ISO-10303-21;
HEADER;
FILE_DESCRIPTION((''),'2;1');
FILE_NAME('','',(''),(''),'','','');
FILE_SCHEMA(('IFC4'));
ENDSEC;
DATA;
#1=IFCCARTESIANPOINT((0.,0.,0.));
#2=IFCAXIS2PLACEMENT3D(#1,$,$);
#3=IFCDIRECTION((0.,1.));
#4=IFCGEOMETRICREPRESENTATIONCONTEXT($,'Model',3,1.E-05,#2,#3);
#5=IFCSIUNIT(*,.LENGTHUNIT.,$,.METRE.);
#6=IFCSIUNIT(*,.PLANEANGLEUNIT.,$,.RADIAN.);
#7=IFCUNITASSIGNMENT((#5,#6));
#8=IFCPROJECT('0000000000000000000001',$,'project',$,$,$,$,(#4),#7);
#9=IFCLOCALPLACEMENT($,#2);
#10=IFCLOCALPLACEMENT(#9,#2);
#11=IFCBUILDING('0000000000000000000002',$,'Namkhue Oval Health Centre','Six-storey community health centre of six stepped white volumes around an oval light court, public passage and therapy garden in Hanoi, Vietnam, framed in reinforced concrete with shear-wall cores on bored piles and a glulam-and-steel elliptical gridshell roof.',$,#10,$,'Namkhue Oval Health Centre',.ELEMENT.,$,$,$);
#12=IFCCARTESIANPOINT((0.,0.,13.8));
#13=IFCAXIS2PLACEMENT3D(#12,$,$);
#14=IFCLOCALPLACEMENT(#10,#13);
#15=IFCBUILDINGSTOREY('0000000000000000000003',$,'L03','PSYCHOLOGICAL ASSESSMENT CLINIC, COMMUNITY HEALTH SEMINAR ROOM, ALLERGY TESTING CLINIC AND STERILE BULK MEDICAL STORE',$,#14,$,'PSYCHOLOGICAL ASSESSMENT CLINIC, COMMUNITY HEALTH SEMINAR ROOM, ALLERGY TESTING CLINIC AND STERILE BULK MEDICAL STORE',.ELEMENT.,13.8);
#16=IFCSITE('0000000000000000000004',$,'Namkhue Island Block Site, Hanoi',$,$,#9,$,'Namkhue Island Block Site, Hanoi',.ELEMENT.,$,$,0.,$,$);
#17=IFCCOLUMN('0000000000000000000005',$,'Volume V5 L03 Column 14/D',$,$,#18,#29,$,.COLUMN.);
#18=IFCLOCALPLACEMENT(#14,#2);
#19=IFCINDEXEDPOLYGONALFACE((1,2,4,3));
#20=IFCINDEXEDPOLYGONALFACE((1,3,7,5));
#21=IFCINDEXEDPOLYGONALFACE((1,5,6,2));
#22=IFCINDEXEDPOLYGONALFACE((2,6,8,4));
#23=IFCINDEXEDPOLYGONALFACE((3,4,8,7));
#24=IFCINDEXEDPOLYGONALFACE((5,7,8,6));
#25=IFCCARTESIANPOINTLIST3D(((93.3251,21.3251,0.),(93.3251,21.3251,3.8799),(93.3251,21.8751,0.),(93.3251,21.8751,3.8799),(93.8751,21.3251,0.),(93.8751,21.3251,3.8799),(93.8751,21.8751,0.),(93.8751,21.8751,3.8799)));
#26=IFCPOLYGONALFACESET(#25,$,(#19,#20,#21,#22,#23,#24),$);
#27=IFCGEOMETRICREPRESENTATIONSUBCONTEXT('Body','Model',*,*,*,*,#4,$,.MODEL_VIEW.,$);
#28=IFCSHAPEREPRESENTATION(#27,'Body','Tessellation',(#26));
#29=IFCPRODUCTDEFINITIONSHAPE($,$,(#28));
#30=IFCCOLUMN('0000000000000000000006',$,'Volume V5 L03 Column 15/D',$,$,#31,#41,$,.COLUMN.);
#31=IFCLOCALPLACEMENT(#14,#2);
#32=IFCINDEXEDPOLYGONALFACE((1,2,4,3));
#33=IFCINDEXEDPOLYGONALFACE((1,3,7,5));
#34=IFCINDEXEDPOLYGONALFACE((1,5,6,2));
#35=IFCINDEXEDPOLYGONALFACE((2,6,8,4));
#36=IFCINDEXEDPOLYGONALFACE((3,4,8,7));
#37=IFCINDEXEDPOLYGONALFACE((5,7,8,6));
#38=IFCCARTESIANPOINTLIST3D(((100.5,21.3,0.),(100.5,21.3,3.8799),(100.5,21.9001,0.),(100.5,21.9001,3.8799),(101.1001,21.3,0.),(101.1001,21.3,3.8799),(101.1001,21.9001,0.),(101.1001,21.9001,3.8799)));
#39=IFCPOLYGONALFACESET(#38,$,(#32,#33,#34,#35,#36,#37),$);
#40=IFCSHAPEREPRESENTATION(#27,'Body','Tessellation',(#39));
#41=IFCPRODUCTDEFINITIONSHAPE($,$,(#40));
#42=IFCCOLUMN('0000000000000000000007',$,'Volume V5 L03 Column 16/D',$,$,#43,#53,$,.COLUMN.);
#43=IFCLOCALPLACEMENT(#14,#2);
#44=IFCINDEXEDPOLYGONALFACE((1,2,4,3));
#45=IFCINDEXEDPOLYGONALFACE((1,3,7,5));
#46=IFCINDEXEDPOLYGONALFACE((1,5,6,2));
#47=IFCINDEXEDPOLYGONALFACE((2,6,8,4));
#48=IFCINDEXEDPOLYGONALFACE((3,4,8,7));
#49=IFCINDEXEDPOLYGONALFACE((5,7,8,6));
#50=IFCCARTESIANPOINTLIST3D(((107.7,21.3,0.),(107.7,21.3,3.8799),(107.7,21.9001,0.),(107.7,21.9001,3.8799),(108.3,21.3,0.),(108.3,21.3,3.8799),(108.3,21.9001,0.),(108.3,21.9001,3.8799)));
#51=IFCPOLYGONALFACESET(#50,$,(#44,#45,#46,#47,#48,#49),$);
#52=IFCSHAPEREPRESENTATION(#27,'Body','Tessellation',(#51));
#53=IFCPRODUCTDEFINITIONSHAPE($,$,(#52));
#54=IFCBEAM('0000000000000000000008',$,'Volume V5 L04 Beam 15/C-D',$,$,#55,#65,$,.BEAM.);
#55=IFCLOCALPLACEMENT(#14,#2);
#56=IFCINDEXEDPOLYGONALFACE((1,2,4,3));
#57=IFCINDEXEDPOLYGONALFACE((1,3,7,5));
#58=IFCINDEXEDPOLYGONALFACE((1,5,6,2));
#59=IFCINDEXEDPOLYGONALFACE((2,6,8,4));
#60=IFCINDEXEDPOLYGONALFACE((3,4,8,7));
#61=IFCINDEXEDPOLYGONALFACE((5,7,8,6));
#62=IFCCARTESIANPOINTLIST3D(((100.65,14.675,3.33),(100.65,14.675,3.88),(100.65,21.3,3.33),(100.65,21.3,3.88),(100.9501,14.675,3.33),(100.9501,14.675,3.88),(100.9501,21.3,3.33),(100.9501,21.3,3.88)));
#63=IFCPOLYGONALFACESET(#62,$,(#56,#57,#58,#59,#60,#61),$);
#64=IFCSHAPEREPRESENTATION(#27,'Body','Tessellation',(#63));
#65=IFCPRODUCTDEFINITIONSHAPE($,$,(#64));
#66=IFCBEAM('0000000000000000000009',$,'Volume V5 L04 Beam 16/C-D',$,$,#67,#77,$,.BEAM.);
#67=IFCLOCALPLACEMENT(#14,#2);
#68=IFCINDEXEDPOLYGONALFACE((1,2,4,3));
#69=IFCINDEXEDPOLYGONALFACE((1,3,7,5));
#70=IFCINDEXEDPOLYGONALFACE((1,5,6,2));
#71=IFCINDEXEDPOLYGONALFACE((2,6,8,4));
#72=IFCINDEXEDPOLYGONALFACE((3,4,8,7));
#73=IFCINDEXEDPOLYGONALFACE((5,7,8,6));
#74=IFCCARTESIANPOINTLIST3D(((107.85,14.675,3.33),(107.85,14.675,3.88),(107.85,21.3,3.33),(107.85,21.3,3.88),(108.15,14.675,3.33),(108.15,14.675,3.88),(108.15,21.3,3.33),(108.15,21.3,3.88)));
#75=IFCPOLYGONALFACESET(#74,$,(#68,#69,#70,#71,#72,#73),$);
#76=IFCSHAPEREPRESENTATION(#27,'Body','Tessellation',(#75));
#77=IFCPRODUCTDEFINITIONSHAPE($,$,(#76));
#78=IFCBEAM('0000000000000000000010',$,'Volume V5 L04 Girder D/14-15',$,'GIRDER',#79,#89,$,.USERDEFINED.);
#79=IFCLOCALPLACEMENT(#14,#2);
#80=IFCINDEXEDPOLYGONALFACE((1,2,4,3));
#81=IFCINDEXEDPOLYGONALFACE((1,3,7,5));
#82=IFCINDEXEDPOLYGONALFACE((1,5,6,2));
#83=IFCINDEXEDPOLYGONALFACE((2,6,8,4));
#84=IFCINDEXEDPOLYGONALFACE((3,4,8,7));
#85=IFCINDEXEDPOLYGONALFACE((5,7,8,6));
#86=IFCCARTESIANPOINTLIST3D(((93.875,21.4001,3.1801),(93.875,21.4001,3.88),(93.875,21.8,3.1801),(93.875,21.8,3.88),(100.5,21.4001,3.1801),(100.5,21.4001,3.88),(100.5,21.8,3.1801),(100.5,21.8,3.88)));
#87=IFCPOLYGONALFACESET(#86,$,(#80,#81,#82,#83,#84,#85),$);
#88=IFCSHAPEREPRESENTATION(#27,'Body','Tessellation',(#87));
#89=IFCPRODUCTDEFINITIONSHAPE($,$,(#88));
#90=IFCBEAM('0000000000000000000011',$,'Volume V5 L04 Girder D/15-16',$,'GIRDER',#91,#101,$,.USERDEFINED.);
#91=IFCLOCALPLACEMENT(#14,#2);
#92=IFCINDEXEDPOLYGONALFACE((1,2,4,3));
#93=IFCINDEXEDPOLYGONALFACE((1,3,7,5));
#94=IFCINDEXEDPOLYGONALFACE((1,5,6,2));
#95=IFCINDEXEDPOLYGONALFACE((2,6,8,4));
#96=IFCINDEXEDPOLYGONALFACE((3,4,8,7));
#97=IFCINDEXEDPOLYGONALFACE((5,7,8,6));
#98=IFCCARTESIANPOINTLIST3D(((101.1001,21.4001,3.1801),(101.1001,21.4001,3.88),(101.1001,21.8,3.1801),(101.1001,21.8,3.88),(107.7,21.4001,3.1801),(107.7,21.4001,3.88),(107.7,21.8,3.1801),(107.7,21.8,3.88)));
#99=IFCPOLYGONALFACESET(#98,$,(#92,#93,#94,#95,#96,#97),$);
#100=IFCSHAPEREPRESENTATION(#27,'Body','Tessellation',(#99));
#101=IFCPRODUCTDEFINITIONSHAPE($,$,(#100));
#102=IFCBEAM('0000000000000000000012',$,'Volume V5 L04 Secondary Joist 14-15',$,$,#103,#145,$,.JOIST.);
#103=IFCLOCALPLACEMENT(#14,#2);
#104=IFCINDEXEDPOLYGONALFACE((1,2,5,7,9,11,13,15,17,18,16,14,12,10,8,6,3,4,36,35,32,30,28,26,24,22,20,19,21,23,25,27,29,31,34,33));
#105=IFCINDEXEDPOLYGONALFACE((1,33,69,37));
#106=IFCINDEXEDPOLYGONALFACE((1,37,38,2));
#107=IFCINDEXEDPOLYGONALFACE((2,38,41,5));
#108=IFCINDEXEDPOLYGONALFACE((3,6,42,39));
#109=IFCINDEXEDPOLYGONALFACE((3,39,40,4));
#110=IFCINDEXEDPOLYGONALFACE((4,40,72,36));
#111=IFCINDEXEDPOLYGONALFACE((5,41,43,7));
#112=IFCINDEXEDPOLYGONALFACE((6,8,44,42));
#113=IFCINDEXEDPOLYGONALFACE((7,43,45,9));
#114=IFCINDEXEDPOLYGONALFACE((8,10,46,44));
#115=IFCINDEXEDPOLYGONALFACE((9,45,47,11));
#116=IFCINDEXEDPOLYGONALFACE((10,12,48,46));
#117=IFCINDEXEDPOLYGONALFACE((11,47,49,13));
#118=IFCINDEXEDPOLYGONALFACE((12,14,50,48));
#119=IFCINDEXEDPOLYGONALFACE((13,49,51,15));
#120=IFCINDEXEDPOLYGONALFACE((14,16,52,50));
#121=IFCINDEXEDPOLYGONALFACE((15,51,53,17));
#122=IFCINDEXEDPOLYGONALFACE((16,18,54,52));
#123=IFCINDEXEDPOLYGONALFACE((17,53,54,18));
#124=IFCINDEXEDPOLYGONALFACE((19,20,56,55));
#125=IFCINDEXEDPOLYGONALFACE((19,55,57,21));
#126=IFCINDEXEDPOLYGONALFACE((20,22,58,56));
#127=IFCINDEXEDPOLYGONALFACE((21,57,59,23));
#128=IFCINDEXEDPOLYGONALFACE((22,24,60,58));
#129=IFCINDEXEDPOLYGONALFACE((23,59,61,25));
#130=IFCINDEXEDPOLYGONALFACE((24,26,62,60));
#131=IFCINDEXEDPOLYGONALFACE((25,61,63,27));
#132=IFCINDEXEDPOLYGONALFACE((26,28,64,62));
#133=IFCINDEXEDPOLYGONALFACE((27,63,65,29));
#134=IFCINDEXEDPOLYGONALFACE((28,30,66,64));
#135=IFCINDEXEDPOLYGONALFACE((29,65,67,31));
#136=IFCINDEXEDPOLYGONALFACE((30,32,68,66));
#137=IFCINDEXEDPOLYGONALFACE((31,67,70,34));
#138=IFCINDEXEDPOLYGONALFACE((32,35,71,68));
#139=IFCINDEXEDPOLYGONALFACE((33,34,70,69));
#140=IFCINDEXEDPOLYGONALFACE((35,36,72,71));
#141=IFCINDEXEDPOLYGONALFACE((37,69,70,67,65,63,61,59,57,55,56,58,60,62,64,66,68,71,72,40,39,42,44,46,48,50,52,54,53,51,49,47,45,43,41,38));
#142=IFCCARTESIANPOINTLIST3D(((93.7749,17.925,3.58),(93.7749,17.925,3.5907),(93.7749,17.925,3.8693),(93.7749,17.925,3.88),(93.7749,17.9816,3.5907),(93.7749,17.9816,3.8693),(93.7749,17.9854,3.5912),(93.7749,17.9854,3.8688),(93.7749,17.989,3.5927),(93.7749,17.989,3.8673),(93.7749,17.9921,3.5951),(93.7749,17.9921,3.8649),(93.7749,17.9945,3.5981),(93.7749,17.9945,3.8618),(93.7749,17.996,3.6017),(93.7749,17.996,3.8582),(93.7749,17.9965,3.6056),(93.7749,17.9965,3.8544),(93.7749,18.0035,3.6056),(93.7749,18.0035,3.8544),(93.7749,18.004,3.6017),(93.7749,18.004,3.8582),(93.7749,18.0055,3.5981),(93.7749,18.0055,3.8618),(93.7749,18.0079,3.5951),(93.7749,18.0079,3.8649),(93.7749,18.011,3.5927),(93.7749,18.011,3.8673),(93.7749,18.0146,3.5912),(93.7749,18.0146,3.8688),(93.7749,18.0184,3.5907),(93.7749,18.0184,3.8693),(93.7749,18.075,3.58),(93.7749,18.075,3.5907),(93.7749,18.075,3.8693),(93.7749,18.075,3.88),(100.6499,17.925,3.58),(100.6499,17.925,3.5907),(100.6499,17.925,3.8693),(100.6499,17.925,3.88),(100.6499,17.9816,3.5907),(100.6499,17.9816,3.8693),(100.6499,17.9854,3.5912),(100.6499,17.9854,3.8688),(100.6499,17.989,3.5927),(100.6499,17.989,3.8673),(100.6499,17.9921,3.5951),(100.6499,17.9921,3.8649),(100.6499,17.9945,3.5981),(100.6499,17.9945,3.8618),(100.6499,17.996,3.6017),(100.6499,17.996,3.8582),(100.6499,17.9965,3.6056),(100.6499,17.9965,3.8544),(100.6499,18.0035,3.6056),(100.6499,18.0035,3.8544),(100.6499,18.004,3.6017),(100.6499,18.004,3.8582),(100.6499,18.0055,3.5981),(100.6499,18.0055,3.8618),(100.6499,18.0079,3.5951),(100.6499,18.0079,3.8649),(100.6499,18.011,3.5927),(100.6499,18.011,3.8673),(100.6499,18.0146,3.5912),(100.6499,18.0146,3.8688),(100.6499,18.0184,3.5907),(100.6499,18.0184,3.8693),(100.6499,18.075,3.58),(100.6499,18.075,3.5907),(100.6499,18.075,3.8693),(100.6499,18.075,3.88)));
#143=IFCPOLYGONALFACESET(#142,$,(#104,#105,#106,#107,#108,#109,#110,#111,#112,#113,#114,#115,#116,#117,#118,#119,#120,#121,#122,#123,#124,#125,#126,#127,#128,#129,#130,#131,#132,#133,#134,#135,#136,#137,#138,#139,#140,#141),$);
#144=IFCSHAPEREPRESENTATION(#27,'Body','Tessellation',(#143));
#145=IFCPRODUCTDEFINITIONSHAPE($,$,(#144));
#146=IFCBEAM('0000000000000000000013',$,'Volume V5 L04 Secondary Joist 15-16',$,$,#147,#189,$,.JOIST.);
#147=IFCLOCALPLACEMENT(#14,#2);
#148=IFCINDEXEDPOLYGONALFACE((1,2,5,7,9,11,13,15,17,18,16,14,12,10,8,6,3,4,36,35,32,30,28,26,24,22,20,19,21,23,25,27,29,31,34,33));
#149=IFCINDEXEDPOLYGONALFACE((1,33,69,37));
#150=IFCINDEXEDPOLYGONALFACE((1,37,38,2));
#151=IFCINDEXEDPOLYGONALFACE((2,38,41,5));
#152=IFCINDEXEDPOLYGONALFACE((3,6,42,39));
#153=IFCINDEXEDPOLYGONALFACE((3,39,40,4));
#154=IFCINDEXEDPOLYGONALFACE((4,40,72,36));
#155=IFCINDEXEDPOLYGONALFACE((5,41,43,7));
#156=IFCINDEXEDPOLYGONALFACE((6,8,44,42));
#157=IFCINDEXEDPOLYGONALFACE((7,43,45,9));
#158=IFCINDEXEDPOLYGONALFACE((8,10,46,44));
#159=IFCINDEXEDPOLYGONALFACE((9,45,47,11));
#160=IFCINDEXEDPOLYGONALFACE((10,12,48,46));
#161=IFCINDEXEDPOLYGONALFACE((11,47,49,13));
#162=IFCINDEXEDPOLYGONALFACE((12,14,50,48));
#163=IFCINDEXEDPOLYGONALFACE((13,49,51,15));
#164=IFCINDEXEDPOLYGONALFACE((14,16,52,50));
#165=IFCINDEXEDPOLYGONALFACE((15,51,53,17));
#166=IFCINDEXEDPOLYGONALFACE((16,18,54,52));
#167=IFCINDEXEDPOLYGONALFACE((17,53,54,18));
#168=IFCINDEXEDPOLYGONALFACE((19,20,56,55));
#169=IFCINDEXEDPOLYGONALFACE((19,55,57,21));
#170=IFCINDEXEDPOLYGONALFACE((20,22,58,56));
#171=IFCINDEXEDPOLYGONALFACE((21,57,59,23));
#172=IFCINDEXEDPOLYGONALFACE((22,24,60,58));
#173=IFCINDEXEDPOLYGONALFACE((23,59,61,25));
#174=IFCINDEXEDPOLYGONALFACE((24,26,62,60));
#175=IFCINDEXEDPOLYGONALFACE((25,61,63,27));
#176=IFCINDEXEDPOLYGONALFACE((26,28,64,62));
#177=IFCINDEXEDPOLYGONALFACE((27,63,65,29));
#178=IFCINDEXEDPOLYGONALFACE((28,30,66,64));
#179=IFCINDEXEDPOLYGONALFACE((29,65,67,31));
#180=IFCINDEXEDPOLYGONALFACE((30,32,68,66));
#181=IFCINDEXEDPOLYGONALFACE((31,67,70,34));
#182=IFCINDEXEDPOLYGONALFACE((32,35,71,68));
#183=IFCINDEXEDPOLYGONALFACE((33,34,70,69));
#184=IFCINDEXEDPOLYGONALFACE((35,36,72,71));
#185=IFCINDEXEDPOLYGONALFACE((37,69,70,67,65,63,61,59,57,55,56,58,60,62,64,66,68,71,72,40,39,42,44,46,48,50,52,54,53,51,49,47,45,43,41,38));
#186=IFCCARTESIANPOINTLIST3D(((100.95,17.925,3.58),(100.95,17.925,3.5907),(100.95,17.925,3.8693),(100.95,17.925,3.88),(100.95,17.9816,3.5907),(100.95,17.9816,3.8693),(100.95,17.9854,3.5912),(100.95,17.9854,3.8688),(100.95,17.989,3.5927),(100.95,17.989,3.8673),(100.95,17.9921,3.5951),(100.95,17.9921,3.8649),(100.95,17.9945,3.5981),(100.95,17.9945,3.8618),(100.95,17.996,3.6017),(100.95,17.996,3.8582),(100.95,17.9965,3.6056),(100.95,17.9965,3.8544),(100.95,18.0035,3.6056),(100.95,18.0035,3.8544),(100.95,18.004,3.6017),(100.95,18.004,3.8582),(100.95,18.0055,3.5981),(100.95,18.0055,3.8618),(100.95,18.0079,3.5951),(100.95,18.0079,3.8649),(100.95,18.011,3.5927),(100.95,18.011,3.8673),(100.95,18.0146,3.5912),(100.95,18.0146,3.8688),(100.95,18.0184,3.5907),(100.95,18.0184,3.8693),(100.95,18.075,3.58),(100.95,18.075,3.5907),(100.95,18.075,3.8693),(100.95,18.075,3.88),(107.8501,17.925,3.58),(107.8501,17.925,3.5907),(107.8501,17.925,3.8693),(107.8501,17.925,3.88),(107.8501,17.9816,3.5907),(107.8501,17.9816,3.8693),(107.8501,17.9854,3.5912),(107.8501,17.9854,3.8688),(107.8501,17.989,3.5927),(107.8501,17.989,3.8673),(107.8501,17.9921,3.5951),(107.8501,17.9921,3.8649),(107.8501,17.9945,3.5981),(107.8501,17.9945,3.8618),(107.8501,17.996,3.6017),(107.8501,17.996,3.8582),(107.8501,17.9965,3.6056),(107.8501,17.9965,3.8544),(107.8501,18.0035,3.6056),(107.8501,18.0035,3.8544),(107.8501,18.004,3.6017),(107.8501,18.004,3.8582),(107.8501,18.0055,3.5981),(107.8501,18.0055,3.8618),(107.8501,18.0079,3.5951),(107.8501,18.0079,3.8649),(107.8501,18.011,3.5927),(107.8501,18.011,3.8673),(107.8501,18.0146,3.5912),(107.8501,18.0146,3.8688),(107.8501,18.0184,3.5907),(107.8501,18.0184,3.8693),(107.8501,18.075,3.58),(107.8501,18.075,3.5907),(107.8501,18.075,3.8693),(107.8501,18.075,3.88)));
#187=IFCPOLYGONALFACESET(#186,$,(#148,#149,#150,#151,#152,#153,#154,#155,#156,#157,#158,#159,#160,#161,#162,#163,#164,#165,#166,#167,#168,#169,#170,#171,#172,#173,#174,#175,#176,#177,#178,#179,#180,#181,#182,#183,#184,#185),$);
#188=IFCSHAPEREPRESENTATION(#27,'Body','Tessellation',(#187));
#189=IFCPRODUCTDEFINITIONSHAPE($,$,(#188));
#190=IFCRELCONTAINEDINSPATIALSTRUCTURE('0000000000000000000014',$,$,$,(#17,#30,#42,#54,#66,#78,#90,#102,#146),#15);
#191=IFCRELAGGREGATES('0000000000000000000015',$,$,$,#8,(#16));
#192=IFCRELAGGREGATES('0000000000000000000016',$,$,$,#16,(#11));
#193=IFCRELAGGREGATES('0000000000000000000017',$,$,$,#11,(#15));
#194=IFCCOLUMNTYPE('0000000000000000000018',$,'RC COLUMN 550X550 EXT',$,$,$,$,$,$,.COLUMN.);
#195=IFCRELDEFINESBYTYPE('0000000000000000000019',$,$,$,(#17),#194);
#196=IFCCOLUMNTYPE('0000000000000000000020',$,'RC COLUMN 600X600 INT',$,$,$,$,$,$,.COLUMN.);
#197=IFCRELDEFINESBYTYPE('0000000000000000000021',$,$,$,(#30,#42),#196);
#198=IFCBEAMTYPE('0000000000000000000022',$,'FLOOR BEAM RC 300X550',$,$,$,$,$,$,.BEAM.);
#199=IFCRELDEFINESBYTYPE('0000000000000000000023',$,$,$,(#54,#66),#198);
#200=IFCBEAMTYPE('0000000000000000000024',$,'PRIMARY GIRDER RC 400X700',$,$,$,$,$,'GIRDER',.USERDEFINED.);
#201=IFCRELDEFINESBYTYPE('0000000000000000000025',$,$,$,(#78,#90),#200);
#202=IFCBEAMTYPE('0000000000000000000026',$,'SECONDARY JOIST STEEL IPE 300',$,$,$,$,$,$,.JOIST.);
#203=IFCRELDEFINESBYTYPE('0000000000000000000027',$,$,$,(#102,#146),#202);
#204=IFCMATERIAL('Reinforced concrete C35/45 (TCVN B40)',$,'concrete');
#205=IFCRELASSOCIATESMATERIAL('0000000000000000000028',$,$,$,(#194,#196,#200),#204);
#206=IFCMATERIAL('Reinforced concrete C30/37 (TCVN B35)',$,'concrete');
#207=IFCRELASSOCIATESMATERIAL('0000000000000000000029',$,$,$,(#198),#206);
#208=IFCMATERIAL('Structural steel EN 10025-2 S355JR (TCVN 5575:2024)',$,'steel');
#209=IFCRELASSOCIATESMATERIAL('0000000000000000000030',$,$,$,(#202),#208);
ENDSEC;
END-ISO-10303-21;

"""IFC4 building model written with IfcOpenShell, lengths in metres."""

from ifc_helpers import new_model, si_unit, direction, frame, origin, origin_2d, place, context, subcontext, project, spatial, rectangle, i_section, extrude, material, material_profile, profile_set, type_object, element, save


model = new_model("IFC4")

# Units and contexts
model_context = context("Model", 3, precision=1e-05, world=origin(), true_north=direction((0.0, 1.0)))
body_context = subcontext(model_context, "Body", "Model", "MODEL_VIEW")
ifc_project = project(units=[si_unit("LENGTHUNIT", "METRE"), si_unit("PLANEANGLEUNIT", "RADIAN")], contexts=[model_context])

# Site, building, storey
site_placement = place(None, origin())
site = spatial("IfcSite", under=ifc_project, at=site_placement, Name="Namkhue Island Block Site, Hanoi", LongName="Namkhue Island Block Site, Hanoi", CompositionType="ELEMENT", RefElevation=0.0)
building_placement = place(site_placement, origin())
building = spatial("IfcBuilding", under=site, at=building_placement, Name="Namkhue Oval Health Centre", Description="Six-storey community health centre of six stepped white volumes around an oval light court, public passage and therapy garden in Hanoi, Vietnam, framed in reinforced concrete with shear-wall cores on bored piles and a glulam-and-steel elliptical gridshell roof.", LongName="Namkhue Oval Health Centre", CompositionType="ELEMENT")
storey_placement = place(building_placement, frame((0.0, 0.0, 13.8)))
storey = spatial("IfcBuildingStorey", under=building, at=storey_placement, Name="L03", Description="PSYCHOLOGICAL ASSESSMENT CLINIC, COMMUNITY HEALTH SEMINAR ROOM, ALLERGY TESTING CLINIC AND STERILE BULK MEDICAL STORE", LongName="PSYCHOLOGICAL ASSESSMENT CLINIC, COMMUNITY HEALTH SEMINAR ROOM, ALLERGY TESTING CLINIC AND STERILE BULK MEDICAL STORE", CompositionType="ELEMENT", Elevation=13.8)

# Columns
ifc_material_1 = material(Name="Reinforced concrete C35/45 (TCVN B40)", Category="concrete")
ifc_material_profile_1 = material_profile(ifc_material_1, rectangle(XDim=0.55, YDim=0.55, at=origin_2d()), Name="RC 550x550")
ifc_profile_set_1 = profile_set([ifc_material_profile_1], Name="Reinforced concrete C35/45 (TCVN B40)")
column_type_1 = type_object("IfcColumnType", Name="RC COLUMN 550X550 EXT", PredefinedType="COLUMN", material=ifc_profile_set_1)
column_placement = place(storey_placement, frame((93.6001, 21.6001, 0.0), z_axis=(0.0, 0.0, 1.0), x_axis=(1.0, 0.0, 0.0)))
element("IfcColumn", 1, at=column_placement, inside=storey, type_object=column_type_1, Name="Volume V5 L03 Column 14/D", PredefinedType="COLUMN", context=body_context, shape_type="SweptSolid", body=[
    extrude(rectangle(XDim=0.55, YDim=0.55, at=origin_2d()), origin(), (0.0, 0.0, 1.0), 3.8799),
])
ifc_material_profile_2 = material_profile(ifc_material_1, rectangle(XDim=0.6001, YDim=0.6001, at=origin_2d()), Name="RC 600x600")
ifc_profile_set_2 = profile_set([ifc_material_profile_2], Name="Reinforced concrete C35/45 (TCVN B40)")
column_type_2 = type_object("IfcColumnType", Name="RC COLUMN 600X600 INT", PredefinedType="COLUMN", material=ifc_profile_set_2)
for number, where, z_axis, x_axis, name in (
    (2, (100.8, 21.6001, 0.0), (0.0, 0.0, 1.0), (1.0, 0.0, 0.0), "Volume V5 L03 Column 15/D"),
    (3, (108.0, 21.6001, 0.0), (0.0, 0.0, 1.0), (1.0, 0.0, 0.0), "Volume V5 L03 Column 16/D"),
):
    element("IfcColumn", number, at=place(storey_placement, frame(where, z_axis=z_axis, x_axis=x_axis)), inside=storey, type_object=column_type_2, Name=name, PredefinedType="COLUMN", context=body_context, shape_type="SweptSolid", body=[
        extrude(rectangle(XDim=0.6001, YDim=0.6001, at=origin_2d()), origin(), (0.0, 0.0, 1.0), 3.8799),
    ])

# Beams
ifc_material_2 = material(Name="Reinforced concrete C30/37 (TCVN B35)", Category="concrete")
ifc_material_profile_3 = material_profile(ifc_material_2, rectangle(XDim=0.3, YDim=0.55, at=origin_2d()), Name="RC 300x550")
ifc_profile_set_3 = profile_set([ifc_material_profile_3], Name="Reinforced concrete C30/37 (TCVN B35)")
beam_type_1 = type_object("IfcBeamType", Name="FLOOR BEAM RC 300X550", PredefinedType="BEAM", material=ifc_profile_set_3)
for number, where, z_axis, x_axis, name in (
    (4, (100.8, 14.675, 3.605), (0.0, 1.0, 0.0), (-1.0, 0.0, 0.0), "Volume V5 L04 Beam 15/C-D"),
    (5, (108.0, 14.675, 3.605), (0.0, 1.0, 0.0), (-1.0, 0.0, 0.0), "Volume V5 L04 Beam 16/C-D"),
):
    element("IfcBeam", number, at=place(storey_placement, frame(where, z_axis=z_axis, x_axis=x_axis)), inside=storey, type_object=beam_type_1, Name=name, PredefinedType="BEAM", context=body_context, shape_type="SweptSolid", body=[
        extrude(rectangle(XDim=0.3, YDim=0.55, at=origin_2d()), origin(), (0.0, 0.0, 1.0), 6.625),
    ])
ifc_material_profile_4 = material_profile(ifc_material_1, rectangle(XDim=0.3999, YDim=0.7, at=origin_2d()), Name="RC 400x700")
ifc_profile_set_4 = profile_set([ifc_material_profile_4], Name="Reinforced concrete C35/45 (TCVN B40)")
beam_type_2 = type_object("IfcBeamType", Name="PRIMARY GIRDER RC 400X700", ElementType="GIRDER", PredefinedType="USERDEFINED", material=ifc_profile_set_4)
beam_1_placement = place(storey_placement, frame((93.875, 21.6001, 3.53), z_axis=(1.0, 0.0, 0.0), x_axis=(0.0, 1.0, 0.0)))
element("IfcBeam", 6, at=beam_1_placement, inside=storey, type_object=beam_type_2, Name="Volume V5 L04 Girder D/14-15", ObjectType="GIRDER", PredefinedType="USERDEFINED", context=body_context, shape_type="SweptSolid", body=[
    extrude(rectangle(XDim=0.3999, YDim=0.7, at=origin_2d()), origin(), (0.0, 0.0, 1.0), 6.625),
])
beam_2_placement = place(storey_placement, frame((101.1001, 21.6001, 3.53), z_axis=(1.0, 0.0, 0.0), x_axis=(0.0, 1.0, 0.0)))
element("IfcBeam", 7, at=beam_2_placement, inside=storey, type_object=beam_type_2, Name="Volume V5 L04 Girder D/15-16", ObjectType="GIRDER", PredefinedType="USERDEFINED", context=body_context, shape_type="SweptSolid", body=[
    extrude(rectangle(XDim=0.3999, YDim=0.7, at=origin_2d()), origin(), (0.0, 0.0, 1.0), 6.5999),
])
ifc_material_3 = material(Name="Structural steel EN 10025-2 S355JR (TCVN 5575:2024)", Category="steel")
ifc_material_profile_5 = material_profile(ifc_material_3, i_section(OverallWidth=0.1499, OverallDepth=0.3, WebThickness=0.0071, FlangeThickness=0.0107, FilletRadius=0.0149, at=origin_2d()), Name="IPE 300")
ifc_profile_set_5 = profile_set([ifc_material_profile_5], Name="Structural steel EN 10025-2 S355JR (TCVN 5575:2024)")
beam_type_3 = type_object("IfcBeamType", Name="SECONDARY JOIST STEEL IPE 300", PredefinedType="JOIST", material=ifc_profile_set_5)
beam_3_placement = place(storey_placement, frame((93.7749, 18.0, 3.73), z_axis=(1.0, 0.0, 0.0), x_axis=(0.0, 1.0, 0.0)))
element("IfcBeam", 8, at=beam_3_placement, inside=storey, type_object=beam_type_3, Name="Volume V5 L04 Secondary Joist 14-15", PredefinedType="JOIST", context=body_context, shape_type="SweptSolid", body=[
    extrude(i_section(OverallWidth=0.1499, OverallDepth=0.3, WebThickness=0.0071, FlangeThickness=0.0107, FilletRadius=0.0149, at=origin_2d()), origin(), (0.0, 0.0, 1.0), 6.875),
])
beam_4_placement = place(storey_placement, frame((100.95, 18.0, 3.73), z_axis=(1.0, 0.0, 0.0), x_axis=(0.0, 1.0, 0.0)))
element("IfcBeam", 9, at=beam_4_placement, inside=storey, type_object=beam_type_3, Name="Volume V5 L04 Secondary Joist 15-16", PredefinedType="JOIST", context=body_context, shape_type="SweptSolid", body=[
    extrude(i_section(OverallWidth=0.1499, OverallDepth=0.3, WebThickness=0.0071, FlangeThickness=0.0107, FilletRadius=0.0149, at=origin_2d()), origin(), (0.0, 0.0, 1.0), 6.9001),
])

save(model, "model.ifc")
